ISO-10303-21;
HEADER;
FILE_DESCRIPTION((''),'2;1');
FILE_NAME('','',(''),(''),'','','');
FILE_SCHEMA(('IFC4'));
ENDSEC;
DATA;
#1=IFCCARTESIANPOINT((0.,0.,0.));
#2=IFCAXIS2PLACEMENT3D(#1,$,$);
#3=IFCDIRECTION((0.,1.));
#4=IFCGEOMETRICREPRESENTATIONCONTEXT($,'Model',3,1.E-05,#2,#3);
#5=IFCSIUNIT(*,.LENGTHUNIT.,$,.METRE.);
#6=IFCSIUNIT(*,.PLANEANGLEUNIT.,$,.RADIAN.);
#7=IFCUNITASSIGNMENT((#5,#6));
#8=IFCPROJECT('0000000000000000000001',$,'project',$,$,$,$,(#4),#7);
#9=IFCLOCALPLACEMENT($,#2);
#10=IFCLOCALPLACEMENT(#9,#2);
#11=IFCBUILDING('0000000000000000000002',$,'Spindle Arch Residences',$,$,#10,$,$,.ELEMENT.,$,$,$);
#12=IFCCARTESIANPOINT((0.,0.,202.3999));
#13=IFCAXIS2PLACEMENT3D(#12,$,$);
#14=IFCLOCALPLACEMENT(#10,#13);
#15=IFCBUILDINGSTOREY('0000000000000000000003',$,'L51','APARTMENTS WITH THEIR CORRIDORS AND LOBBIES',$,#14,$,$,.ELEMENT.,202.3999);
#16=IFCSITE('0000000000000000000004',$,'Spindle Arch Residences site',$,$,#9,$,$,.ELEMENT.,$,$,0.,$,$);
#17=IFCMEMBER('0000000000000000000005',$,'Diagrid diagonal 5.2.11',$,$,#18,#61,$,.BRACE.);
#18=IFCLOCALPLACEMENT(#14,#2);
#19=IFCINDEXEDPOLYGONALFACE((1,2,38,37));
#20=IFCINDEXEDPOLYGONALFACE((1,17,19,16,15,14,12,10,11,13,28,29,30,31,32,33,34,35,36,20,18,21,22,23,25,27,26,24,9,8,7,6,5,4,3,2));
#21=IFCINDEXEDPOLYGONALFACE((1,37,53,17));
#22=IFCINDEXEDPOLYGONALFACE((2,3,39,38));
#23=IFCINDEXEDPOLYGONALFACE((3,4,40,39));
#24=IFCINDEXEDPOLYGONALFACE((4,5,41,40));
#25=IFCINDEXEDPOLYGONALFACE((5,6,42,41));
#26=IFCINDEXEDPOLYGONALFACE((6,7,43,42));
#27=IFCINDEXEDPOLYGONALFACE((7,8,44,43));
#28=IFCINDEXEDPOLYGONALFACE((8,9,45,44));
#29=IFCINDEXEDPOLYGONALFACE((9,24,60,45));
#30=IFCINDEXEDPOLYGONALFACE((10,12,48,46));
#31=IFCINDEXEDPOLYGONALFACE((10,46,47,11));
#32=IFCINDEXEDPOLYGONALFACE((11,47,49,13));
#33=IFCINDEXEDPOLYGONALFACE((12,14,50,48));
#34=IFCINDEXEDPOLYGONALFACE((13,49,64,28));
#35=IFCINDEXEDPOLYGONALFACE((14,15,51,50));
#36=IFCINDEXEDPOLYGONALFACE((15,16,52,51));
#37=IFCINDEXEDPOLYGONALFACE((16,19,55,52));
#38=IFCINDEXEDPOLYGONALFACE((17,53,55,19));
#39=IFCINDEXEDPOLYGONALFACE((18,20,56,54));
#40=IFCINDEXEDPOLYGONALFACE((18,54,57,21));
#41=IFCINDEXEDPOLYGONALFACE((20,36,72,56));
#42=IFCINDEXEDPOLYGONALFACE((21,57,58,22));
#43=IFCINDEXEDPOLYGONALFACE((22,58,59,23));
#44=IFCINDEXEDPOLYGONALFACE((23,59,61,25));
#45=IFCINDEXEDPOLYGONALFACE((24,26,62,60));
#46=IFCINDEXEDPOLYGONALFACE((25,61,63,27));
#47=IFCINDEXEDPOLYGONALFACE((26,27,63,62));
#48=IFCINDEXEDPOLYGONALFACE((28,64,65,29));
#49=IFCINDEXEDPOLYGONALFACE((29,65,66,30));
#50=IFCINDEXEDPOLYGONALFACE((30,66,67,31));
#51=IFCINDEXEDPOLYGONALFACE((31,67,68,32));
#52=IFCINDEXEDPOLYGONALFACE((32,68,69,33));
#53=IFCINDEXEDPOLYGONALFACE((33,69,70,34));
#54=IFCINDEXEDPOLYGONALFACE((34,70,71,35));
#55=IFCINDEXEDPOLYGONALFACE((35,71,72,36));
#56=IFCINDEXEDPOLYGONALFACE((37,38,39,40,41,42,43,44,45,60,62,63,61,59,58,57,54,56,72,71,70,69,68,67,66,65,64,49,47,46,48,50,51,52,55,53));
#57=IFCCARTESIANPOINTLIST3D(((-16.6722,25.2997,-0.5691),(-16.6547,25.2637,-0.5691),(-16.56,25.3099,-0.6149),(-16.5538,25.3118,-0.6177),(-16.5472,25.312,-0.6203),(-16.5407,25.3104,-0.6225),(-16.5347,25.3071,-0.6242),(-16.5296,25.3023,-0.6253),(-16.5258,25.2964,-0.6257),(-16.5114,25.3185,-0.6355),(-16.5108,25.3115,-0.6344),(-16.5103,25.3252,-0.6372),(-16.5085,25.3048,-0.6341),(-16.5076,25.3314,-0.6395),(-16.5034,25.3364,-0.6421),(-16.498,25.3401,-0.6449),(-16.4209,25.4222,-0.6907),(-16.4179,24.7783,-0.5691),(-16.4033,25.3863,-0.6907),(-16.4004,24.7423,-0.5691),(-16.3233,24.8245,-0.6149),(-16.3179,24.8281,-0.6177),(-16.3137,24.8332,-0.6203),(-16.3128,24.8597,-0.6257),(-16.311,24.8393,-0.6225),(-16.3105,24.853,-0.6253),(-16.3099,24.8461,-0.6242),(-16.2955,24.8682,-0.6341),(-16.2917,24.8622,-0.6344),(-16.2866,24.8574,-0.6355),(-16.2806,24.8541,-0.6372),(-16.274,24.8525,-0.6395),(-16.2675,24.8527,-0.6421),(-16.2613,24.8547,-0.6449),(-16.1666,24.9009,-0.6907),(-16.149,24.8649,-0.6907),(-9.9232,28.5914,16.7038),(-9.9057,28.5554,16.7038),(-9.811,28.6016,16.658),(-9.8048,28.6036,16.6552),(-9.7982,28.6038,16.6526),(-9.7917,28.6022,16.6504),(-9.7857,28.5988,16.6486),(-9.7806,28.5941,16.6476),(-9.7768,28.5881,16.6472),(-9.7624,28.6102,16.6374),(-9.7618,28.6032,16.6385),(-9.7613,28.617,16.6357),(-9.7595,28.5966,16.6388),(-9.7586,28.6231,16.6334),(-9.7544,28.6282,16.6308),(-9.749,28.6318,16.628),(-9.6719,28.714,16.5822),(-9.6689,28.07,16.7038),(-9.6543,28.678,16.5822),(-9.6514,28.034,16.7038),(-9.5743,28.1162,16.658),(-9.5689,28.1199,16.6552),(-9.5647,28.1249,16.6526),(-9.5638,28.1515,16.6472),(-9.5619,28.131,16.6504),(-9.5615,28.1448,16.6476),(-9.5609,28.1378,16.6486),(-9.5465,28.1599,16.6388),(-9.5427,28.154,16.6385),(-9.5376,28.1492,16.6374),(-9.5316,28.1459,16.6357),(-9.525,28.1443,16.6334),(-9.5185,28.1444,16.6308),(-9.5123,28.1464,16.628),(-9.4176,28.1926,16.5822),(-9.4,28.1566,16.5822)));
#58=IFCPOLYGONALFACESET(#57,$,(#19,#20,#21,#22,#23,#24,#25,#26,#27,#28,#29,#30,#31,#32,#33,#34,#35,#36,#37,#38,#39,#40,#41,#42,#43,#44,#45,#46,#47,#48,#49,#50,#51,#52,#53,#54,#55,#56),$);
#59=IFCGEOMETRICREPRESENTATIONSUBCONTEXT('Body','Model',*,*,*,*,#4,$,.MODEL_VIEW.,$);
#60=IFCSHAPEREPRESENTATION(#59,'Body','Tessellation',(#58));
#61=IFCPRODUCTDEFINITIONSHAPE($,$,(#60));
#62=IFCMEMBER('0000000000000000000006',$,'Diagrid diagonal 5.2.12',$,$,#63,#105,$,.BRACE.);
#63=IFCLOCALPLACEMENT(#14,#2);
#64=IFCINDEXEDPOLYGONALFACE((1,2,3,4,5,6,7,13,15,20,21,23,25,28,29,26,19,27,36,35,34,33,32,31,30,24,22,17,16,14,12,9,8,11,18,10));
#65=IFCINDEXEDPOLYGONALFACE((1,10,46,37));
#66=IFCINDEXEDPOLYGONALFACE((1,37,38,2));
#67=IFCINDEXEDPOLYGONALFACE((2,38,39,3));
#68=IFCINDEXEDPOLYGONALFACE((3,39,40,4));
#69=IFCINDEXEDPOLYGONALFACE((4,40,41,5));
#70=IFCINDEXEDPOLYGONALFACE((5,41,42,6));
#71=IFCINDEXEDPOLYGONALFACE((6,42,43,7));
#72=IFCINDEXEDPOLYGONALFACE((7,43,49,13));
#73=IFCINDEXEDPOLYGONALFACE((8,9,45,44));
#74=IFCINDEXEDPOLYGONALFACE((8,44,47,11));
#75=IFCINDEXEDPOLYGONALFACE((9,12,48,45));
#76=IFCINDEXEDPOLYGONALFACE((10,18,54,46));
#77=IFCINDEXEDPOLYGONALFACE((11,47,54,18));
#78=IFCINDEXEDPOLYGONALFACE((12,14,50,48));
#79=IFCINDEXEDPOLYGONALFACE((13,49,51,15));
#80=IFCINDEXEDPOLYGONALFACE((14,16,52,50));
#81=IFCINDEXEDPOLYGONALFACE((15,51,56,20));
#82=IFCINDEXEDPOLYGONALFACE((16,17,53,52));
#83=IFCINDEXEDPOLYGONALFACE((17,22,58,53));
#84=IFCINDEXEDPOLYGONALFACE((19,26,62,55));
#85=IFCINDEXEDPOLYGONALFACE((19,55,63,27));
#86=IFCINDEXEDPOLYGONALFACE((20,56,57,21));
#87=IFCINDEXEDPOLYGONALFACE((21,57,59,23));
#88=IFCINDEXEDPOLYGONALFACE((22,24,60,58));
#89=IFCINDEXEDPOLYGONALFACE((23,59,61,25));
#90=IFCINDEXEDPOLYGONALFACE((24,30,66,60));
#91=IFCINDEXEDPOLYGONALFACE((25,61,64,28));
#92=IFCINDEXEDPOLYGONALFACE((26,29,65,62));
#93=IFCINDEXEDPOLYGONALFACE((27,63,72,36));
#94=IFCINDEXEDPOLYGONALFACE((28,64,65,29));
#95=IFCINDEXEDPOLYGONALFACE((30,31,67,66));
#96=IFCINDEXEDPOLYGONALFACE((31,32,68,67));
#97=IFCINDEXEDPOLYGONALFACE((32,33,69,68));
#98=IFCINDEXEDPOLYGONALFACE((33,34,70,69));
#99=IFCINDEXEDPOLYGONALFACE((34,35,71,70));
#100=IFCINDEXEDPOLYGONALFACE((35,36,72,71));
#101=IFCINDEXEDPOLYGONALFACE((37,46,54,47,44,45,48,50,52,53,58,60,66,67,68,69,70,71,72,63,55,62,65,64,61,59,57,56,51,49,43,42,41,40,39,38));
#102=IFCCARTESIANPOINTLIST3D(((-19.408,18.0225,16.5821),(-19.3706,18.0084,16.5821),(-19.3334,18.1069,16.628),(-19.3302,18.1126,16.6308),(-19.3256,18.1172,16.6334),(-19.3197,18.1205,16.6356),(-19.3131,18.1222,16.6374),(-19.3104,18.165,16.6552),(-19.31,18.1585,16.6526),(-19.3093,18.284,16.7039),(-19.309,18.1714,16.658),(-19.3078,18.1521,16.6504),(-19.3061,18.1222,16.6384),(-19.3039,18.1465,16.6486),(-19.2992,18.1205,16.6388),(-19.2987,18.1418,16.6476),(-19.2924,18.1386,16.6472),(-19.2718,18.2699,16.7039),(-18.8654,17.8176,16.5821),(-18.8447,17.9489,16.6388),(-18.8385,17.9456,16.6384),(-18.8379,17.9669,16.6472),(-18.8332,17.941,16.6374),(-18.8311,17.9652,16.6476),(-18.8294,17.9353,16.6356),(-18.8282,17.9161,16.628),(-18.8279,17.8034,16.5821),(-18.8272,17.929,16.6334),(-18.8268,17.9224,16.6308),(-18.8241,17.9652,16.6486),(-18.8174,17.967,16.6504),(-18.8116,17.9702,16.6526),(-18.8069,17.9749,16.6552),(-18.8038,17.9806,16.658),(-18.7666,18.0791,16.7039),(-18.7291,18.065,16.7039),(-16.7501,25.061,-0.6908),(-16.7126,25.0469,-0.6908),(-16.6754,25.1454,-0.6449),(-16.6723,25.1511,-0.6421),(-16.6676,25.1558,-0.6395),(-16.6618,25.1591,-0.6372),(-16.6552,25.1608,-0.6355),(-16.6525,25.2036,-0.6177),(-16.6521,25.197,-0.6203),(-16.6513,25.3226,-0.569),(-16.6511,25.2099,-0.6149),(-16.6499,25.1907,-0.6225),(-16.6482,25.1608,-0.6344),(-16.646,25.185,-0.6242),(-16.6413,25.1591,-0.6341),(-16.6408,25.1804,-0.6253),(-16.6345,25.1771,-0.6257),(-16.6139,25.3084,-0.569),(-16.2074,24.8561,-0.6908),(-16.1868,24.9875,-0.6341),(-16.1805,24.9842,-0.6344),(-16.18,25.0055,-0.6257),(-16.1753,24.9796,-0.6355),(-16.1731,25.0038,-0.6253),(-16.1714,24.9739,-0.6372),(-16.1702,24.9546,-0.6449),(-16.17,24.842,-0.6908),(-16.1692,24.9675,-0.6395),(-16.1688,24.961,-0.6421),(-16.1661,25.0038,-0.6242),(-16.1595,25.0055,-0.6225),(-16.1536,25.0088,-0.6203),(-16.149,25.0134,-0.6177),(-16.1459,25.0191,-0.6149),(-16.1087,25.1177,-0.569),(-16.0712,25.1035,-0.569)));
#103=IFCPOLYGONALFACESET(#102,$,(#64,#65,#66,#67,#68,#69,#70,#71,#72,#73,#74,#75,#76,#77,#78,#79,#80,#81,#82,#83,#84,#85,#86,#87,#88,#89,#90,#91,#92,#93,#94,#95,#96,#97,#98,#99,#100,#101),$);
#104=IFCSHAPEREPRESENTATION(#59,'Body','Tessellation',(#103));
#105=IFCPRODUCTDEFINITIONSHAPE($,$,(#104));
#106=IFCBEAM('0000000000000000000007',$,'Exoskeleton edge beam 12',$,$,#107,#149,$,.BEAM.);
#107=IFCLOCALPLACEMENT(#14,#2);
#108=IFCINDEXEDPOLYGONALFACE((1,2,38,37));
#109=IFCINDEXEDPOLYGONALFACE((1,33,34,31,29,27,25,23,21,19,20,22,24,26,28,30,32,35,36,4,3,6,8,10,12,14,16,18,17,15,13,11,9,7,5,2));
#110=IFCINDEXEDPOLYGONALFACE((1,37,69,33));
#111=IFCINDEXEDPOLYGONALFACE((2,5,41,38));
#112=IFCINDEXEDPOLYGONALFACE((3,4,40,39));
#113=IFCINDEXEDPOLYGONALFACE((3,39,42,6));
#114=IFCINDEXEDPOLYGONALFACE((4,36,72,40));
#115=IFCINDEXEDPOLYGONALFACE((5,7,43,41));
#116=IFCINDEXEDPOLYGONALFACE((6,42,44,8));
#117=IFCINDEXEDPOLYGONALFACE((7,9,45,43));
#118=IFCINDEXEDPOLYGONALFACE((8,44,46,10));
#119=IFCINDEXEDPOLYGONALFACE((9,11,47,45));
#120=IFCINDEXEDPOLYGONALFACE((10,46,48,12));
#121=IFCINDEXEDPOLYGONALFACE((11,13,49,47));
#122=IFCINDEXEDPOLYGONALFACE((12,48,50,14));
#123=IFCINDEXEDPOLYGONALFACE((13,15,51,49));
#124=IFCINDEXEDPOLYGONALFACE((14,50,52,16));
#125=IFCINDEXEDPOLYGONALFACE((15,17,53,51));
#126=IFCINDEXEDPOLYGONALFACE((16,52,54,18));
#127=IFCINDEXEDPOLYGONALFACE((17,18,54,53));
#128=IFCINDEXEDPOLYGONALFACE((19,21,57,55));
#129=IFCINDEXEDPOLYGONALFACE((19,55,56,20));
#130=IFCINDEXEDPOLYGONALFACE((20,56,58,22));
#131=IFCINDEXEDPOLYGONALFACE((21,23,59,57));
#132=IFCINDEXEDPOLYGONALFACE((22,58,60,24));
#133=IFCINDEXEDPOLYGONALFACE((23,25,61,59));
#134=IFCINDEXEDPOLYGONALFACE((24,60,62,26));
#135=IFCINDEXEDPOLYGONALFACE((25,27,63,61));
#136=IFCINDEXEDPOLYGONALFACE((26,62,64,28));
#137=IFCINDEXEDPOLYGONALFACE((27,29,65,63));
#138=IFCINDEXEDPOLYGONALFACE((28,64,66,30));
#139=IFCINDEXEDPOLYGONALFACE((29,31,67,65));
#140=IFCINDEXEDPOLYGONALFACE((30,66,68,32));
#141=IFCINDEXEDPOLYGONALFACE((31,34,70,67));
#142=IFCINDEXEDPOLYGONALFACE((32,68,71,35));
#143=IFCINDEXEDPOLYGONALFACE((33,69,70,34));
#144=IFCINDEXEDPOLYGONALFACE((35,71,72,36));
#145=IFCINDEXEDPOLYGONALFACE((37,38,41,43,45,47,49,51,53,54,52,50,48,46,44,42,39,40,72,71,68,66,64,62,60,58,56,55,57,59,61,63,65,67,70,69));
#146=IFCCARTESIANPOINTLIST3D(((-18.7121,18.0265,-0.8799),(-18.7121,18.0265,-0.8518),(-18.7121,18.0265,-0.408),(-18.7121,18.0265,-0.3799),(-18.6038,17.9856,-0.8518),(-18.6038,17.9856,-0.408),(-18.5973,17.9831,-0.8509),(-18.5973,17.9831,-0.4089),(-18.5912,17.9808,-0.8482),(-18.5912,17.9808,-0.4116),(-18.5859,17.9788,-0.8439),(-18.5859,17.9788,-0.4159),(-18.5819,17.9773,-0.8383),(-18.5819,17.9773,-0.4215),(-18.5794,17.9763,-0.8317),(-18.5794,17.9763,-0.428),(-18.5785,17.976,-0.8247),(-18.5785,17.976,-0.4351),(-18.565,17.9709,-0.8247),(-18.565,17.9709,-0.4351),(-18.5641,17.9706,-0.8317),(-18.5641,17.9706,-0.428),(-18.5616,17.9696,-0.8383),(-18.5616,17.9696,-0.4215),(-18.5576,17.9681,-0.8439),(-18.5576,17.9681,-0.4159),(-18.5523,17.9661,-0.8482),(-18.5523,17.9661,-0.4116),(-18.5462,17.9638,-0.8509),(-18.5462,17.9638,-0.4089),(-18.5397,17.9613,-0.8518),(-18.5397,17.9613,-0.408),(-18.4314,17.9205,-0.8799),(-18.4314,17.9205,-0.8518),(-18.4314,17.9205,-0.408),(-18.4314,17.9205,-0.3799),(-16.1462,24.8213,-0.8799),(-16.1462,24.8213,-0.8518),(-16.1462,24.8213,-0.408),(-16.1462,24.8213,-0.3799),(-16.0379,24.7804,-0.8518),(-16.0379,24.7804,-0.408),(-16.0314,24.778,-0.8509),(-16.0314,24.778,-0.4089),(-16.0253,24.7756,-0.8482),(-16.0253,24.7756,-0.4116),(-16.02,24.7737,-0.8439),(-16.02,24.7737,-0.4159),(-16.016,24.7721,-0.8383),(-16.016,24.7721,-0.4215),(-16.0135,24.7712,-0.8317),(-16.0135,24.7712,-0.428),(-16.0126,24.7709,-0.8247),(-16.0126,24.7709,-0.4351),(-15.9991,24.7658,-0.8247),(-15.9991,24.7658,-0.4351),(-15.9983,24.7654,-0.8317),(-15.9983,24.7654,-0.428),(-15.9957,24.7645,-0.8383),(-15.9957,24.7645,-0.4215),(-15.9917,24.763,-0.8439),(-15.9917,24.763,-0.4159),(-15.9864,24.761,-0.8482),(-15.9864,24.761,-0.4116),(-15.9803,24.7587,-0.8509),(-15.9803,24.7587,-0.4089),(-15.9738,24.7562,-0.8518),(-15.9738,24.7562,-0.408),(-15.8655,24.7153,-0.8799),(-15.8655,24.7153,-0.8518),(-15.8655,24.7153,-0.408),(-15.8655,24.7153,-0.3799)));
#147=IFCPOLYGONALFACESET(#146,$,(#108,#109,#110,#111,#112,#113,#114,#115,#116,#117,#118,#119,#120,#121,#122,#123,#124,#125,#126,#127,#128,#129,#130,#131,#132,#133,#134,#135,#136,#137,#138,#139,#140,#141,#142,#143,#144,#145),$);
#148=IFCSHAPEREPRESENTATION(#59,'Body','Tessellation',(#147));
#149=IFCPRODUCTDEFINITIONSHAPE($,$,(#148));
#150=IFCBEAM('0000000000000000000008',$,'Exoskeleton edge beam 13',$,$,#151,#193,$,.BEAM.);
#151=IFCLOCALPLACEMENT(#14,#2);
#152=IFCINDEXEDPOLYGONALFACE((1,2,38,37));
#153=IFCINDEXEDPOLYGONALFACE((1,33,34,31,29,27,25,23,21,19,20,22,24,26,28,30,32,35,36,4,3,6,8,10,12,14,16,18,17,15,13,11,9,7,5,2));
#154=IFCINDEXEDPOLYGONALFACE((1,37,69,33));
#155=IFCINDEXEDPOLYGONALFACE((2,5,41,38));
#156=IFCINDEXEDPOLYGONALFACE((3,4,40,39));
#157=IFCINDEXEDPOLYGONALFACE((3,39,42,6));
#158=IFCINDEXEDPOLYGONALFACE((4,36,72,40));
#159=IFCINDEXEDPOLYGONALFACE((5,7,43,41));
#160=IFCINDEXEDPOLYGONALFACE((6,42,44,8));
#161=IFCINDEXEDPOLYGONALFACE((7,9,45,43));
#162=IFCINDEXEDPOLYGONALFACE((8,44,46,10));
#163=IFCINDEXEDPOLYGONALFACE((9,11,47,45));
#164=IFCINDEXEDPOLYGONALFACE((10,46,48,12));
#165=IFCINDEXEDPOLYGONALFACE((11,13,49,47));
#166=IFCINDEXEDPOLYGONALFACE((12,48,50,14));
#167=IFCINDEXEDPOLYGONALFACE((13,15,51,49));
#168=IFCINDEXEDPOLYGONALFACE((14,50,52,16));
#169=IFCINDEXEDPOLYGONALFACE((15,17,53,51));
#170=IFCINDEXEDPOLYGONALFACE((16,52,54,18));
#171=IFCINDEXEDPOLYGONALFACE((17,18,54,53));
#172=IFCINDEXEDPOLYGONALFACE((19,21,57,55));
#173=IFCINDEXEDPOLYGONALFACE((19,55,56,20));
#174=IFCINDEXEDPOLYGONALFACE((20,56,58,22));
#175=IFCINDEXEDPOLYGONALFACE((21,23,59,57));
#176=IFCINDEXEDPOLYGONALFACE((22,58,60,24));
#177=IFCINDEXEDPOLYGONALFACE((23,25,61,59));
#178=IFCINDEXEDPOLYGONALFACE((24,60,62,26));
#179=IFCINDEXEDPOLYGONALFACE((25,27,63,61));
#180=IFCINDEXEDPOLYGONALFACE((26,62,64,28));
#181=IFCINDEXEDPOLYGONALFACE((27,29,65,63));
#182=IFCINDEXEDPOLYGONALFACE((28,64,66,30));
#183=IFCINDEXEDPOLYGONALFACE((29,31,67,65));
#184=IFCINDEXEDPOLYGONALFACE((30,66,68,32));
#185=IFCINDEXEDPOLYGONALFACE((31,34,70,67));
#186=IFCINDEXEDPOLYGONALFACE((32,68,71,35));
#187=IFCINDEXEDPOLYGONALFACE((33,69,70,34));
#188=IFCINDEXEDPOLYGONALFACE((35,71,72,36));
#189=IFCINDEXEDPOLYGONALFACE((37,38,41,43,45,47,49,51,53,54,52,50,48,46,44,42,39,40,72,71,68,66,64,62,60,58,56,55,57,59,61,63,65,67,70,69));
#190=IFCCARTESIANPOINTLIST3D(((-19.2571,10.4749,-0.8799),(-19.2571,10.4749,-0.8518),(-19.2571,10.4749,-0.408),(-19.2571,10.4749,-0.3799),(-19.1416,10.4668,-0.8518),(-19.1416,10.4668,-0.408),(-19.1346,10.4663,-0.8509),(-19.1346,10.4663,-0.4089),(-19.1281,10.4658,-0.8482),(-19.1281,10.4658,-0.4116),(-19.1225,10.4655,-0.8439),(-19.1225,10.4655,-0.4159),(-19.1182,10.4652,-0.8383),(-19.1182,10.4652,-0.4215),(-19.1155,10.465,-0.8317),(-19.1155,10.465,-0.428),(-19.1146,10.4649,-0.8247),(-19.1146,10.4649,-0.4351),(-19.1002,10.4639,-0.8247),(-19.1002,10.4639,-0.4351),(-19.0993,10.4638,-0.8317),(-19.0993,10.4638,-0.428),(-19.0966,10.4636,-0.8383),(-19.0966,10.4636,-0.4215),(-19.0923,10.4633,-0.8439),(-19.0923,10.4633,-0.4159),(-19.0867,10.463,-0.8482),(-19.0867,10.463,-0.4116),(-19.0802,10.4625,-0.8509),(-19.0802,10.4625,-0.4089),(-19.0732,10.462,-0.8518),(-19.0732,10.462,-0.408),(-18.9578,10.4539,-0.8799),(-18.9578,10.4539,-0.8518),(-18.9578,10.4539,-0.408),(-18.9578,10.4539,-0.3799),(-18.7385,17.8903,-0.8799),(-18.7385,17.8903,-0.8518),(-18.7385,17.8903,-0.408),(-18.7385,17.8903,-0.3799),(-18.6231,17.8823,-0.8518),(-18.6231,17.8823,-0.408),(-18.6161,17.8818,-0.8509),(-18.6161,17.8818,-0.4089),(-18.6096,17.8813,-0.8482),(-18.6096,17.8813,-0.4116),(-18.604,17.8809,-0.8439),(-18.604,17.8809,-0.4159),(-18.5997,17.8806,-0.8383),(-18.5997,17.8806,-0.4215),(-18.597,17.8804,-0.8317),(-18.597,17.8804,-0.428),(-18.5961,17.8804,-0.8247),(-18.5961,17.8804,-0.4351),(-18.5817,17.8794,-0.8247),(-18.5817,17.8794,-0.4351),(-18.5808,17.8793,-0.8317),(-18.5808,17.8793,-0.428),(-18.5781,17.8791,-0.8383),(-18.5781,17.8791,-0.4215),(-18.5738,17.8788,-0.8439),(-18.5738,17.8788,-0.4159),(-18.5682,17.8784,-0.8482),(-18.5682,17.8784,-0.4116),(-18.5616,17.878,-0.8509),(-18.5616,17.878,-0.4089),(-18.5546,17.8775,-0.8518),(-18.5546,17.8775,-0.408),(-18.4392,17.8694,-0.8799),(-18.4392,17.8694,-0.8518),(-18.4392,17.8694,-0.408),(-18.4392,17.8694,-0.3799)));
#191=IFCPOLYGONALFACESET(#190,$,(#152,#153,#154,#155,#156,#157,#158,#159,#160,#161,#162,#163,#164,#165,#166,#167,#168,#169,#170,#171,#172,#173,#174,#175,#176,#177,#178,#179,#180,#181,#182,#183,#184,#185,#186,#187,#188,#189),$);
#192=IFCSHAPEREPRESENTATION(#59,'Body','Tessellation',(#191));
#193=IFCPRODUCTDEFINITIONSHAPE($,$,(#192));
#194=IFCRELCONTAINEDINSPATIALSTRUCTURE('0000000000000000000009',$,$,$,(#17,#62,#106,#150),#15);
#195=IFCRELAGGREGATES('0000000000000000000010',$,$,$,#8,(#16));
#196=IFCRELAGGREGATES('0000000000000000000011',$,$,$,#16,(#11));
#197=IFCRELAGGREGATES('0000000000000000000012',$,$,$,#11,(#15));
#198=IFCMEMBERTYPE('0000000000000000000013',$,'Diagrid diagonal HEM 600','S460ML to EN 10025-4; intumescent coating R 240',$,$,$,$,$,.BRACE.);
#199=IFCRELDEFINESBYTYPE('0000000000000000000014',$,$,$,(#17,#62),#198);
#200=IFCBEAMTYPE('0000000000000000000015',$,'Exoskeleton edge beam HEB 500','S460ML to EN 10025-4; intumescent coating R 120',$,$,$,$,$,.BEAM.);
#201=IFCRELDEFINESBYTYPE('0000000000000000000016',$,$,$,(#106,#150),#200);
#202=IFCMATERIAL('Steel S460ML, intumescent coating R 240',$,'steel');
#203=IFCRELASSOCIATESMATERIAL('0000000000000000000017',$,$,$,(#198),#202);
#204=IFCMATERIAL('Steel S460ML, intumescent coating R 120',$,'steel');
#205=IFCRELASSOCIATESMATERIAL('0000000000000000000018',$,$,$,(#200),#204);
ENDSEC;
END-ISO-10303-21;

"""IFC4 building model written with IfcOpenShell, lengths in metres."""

from ifc_helpers import new_model, si_unit, direction, frame, origin, origin_2d, place, context, subcontext, project, spatial, i_section, extrude, material, material_profile, profile_set, type_object, element, save


model = new_model("IFC4")

# Units and contexts
model_context = context("Model", 3, precision=1e-05, world=origin(), true_north=direction((0.0, 1.0)))
body_context = subcontext(model_context, "Body", "Model", "MODEL_VIEW")
ifc_project = project(units=[si_unit("LENGTHUNIT", "METRE"), si_unit("PLANEANGLEUNIT", "RADIAN")], contexts=[model_context])

# Site, building, storey
site_placement = place(None, origin())
site = spatial("IfcSite", under=ifc_project, at=site_placement, Name="Spindle Arch Residences site", CompositionType="ELEMENT", RefElevation=0.0)
building_placement = place(site_placement, origin())
building = spatial("IfcBuilding", under=site, at=building_placement, Name="Spindle Arch Residences", CompositionType="ELEMENT")
storey_placement = place(building_placement, frame((0.0, 0.0, 202.3999)))
storey = spatial("IfcBuildingStorey", under=building, at=storey_placement, Name="L51", Description="APARTMENTS WITH THEIR CORRIDORS AND LOBBIES", CompositionType="ELEMENT", Elevation=202.3999)

# Members
ifc_material_1 = material(Name="Steel S460ML, intumescent coating R 240", Category="steel")
ifc_material_profile_1 = material_profile(ifc_material_1, i_section(OverallWidth=0.3049, OverallDepth=0.6201, WebThickness=0.021, FlangeThickness=0.04, FilletRadius=0.0271, at=origin_2d()), Name="HEM 600")
ifc_profile_set_1 = profile_set([ifc_material_profile_1], Name="Steel S460ML, intumescent coating R 240")
member_type_1 = type_object("IfcMemberType", Name="Diagrid diagonal HEM 600", Description="S460ML to EN 10025-4; intumescent coating R 240", PredefinedType="BRACE", material=ifc_profile_set_1)
member_1_placement = place(storey_placement, frame((-16.4106, 25.0823, -0.6299), z_axis=(0.358332, 0.174772, 0.917089), x_axis=(-0.824273, -0.402028, 0.398682)))
element("IfcMember", 1, at=member_1_placement, inside=storey, type_object=member_type_1, Name="Diagrid diagonal 5.2.11", PredefinedType="BRACE", context=body_context, shape_type="SweptSolid", body=[
    extrude(i_section(OverallWidth=0.3049, OverallDepth=0.6201, WebThickness=0.021, FlangeThickness=0.04, FilletRadius=0.0271, at=origin_2d()), origin(), (0.0, 0.0, 1.0), 18.8345),
])
member_2_placement = place(storey_placement, frame((-16.4106, 25.0823, -0.6299), z_axis=(-0.141078, -0.373589, 0.916803), x_axis=(0.323886, 0.857686, 0.399339)))
element("IfcMember", 2, at=member_2_placement, inside=storey, type_object=member_type_1, Name="Diagrid diagonal 5.2.12", PredefinedType="BRACE", context=body_context, shape_type="SweptSolid", body=[
    extrude(i_section(OverallWidth=0.3049, OverallDepth=0.6201, WebThickness=0.021, FlangeThickness=0.04, FilletRadius=0.0271, at=origin_2d()), origin(), (0.0, 0.0, 1.0), 18.8403),
])

# Beams
ifc_material_2 = material(Name="Steel S460ML, intumescent coating R 120", Category="steel")
ifc_material_profile_2 = material_profile(ifc_material_2, i_section(OverallWidth=0.3, OverallDepth=0.5, WebThickness=0.0144, FlangeThickness=0.0281, FilletRadius=0.0271, at=origin_2d()), Name="HEB 500")
ifc_profile_set_2 = profile_set([ifc_material_profile_2], Name="Steel S460ML, intumescent coating R 120")
beam_type_1 = type_object("IfcBeamType", Name="Exoskeleton edge beam HEB 500", Description="S460ML to EN 10025-4; intumescent coating R 120", PredefinedType="BEAM", material=ifc_profile_set_2)
beam_1_placement = place(storey_placement, frame((-16.0059, 24.7683, -0.6299), z_axis=(-0.353274, -0.93552, 0.0), x_axis=(0.93552, -0.353274, 0.0)))
element("IfcBeam", 3, at=beam_1_placement, inside=storey, type_object=beam_type_1, Name="Exoskeleton edge beam 12", PredefinedType="BEAM", context=body_context, shape_type="SweptSolid", body=[
    extrude(i_section(OverallWidth=0.3, OverallDepth=0.5, WebThickness=0.0144, FlangeThickness=0.0281, FilletRadius=0.0271, at=origin_2d()), origin(), (0.0, 0.0, 1.0), 7.2632),
])
beam_2_placement = place(storey_placement, frame((-18.5889, 17.8799, -0.6299), z_axis=(-0.069758, -0.997564, 0.0), x_axis=(0.997564, -0.069758, 0.0)))
element("IfcBeam", 4, at=beam_2_placement, inside=storey, type_object=beam_type_1, Name="Exoskeleton edge beam 13", PredefinedType="BEAM", context=body_context, shape_type="SweptSolid", body=[
    extrude(i_section(OverallWidth=0.3, OverallDepth=0.5, WebThickness=0.0144, FlangeThickness=0.0281, FilletRadius=0.0271, at=origin_2d()), origin(), (0.0, 0.0, 1.0), 7.4336),
])

save(model, "model.ifc")
